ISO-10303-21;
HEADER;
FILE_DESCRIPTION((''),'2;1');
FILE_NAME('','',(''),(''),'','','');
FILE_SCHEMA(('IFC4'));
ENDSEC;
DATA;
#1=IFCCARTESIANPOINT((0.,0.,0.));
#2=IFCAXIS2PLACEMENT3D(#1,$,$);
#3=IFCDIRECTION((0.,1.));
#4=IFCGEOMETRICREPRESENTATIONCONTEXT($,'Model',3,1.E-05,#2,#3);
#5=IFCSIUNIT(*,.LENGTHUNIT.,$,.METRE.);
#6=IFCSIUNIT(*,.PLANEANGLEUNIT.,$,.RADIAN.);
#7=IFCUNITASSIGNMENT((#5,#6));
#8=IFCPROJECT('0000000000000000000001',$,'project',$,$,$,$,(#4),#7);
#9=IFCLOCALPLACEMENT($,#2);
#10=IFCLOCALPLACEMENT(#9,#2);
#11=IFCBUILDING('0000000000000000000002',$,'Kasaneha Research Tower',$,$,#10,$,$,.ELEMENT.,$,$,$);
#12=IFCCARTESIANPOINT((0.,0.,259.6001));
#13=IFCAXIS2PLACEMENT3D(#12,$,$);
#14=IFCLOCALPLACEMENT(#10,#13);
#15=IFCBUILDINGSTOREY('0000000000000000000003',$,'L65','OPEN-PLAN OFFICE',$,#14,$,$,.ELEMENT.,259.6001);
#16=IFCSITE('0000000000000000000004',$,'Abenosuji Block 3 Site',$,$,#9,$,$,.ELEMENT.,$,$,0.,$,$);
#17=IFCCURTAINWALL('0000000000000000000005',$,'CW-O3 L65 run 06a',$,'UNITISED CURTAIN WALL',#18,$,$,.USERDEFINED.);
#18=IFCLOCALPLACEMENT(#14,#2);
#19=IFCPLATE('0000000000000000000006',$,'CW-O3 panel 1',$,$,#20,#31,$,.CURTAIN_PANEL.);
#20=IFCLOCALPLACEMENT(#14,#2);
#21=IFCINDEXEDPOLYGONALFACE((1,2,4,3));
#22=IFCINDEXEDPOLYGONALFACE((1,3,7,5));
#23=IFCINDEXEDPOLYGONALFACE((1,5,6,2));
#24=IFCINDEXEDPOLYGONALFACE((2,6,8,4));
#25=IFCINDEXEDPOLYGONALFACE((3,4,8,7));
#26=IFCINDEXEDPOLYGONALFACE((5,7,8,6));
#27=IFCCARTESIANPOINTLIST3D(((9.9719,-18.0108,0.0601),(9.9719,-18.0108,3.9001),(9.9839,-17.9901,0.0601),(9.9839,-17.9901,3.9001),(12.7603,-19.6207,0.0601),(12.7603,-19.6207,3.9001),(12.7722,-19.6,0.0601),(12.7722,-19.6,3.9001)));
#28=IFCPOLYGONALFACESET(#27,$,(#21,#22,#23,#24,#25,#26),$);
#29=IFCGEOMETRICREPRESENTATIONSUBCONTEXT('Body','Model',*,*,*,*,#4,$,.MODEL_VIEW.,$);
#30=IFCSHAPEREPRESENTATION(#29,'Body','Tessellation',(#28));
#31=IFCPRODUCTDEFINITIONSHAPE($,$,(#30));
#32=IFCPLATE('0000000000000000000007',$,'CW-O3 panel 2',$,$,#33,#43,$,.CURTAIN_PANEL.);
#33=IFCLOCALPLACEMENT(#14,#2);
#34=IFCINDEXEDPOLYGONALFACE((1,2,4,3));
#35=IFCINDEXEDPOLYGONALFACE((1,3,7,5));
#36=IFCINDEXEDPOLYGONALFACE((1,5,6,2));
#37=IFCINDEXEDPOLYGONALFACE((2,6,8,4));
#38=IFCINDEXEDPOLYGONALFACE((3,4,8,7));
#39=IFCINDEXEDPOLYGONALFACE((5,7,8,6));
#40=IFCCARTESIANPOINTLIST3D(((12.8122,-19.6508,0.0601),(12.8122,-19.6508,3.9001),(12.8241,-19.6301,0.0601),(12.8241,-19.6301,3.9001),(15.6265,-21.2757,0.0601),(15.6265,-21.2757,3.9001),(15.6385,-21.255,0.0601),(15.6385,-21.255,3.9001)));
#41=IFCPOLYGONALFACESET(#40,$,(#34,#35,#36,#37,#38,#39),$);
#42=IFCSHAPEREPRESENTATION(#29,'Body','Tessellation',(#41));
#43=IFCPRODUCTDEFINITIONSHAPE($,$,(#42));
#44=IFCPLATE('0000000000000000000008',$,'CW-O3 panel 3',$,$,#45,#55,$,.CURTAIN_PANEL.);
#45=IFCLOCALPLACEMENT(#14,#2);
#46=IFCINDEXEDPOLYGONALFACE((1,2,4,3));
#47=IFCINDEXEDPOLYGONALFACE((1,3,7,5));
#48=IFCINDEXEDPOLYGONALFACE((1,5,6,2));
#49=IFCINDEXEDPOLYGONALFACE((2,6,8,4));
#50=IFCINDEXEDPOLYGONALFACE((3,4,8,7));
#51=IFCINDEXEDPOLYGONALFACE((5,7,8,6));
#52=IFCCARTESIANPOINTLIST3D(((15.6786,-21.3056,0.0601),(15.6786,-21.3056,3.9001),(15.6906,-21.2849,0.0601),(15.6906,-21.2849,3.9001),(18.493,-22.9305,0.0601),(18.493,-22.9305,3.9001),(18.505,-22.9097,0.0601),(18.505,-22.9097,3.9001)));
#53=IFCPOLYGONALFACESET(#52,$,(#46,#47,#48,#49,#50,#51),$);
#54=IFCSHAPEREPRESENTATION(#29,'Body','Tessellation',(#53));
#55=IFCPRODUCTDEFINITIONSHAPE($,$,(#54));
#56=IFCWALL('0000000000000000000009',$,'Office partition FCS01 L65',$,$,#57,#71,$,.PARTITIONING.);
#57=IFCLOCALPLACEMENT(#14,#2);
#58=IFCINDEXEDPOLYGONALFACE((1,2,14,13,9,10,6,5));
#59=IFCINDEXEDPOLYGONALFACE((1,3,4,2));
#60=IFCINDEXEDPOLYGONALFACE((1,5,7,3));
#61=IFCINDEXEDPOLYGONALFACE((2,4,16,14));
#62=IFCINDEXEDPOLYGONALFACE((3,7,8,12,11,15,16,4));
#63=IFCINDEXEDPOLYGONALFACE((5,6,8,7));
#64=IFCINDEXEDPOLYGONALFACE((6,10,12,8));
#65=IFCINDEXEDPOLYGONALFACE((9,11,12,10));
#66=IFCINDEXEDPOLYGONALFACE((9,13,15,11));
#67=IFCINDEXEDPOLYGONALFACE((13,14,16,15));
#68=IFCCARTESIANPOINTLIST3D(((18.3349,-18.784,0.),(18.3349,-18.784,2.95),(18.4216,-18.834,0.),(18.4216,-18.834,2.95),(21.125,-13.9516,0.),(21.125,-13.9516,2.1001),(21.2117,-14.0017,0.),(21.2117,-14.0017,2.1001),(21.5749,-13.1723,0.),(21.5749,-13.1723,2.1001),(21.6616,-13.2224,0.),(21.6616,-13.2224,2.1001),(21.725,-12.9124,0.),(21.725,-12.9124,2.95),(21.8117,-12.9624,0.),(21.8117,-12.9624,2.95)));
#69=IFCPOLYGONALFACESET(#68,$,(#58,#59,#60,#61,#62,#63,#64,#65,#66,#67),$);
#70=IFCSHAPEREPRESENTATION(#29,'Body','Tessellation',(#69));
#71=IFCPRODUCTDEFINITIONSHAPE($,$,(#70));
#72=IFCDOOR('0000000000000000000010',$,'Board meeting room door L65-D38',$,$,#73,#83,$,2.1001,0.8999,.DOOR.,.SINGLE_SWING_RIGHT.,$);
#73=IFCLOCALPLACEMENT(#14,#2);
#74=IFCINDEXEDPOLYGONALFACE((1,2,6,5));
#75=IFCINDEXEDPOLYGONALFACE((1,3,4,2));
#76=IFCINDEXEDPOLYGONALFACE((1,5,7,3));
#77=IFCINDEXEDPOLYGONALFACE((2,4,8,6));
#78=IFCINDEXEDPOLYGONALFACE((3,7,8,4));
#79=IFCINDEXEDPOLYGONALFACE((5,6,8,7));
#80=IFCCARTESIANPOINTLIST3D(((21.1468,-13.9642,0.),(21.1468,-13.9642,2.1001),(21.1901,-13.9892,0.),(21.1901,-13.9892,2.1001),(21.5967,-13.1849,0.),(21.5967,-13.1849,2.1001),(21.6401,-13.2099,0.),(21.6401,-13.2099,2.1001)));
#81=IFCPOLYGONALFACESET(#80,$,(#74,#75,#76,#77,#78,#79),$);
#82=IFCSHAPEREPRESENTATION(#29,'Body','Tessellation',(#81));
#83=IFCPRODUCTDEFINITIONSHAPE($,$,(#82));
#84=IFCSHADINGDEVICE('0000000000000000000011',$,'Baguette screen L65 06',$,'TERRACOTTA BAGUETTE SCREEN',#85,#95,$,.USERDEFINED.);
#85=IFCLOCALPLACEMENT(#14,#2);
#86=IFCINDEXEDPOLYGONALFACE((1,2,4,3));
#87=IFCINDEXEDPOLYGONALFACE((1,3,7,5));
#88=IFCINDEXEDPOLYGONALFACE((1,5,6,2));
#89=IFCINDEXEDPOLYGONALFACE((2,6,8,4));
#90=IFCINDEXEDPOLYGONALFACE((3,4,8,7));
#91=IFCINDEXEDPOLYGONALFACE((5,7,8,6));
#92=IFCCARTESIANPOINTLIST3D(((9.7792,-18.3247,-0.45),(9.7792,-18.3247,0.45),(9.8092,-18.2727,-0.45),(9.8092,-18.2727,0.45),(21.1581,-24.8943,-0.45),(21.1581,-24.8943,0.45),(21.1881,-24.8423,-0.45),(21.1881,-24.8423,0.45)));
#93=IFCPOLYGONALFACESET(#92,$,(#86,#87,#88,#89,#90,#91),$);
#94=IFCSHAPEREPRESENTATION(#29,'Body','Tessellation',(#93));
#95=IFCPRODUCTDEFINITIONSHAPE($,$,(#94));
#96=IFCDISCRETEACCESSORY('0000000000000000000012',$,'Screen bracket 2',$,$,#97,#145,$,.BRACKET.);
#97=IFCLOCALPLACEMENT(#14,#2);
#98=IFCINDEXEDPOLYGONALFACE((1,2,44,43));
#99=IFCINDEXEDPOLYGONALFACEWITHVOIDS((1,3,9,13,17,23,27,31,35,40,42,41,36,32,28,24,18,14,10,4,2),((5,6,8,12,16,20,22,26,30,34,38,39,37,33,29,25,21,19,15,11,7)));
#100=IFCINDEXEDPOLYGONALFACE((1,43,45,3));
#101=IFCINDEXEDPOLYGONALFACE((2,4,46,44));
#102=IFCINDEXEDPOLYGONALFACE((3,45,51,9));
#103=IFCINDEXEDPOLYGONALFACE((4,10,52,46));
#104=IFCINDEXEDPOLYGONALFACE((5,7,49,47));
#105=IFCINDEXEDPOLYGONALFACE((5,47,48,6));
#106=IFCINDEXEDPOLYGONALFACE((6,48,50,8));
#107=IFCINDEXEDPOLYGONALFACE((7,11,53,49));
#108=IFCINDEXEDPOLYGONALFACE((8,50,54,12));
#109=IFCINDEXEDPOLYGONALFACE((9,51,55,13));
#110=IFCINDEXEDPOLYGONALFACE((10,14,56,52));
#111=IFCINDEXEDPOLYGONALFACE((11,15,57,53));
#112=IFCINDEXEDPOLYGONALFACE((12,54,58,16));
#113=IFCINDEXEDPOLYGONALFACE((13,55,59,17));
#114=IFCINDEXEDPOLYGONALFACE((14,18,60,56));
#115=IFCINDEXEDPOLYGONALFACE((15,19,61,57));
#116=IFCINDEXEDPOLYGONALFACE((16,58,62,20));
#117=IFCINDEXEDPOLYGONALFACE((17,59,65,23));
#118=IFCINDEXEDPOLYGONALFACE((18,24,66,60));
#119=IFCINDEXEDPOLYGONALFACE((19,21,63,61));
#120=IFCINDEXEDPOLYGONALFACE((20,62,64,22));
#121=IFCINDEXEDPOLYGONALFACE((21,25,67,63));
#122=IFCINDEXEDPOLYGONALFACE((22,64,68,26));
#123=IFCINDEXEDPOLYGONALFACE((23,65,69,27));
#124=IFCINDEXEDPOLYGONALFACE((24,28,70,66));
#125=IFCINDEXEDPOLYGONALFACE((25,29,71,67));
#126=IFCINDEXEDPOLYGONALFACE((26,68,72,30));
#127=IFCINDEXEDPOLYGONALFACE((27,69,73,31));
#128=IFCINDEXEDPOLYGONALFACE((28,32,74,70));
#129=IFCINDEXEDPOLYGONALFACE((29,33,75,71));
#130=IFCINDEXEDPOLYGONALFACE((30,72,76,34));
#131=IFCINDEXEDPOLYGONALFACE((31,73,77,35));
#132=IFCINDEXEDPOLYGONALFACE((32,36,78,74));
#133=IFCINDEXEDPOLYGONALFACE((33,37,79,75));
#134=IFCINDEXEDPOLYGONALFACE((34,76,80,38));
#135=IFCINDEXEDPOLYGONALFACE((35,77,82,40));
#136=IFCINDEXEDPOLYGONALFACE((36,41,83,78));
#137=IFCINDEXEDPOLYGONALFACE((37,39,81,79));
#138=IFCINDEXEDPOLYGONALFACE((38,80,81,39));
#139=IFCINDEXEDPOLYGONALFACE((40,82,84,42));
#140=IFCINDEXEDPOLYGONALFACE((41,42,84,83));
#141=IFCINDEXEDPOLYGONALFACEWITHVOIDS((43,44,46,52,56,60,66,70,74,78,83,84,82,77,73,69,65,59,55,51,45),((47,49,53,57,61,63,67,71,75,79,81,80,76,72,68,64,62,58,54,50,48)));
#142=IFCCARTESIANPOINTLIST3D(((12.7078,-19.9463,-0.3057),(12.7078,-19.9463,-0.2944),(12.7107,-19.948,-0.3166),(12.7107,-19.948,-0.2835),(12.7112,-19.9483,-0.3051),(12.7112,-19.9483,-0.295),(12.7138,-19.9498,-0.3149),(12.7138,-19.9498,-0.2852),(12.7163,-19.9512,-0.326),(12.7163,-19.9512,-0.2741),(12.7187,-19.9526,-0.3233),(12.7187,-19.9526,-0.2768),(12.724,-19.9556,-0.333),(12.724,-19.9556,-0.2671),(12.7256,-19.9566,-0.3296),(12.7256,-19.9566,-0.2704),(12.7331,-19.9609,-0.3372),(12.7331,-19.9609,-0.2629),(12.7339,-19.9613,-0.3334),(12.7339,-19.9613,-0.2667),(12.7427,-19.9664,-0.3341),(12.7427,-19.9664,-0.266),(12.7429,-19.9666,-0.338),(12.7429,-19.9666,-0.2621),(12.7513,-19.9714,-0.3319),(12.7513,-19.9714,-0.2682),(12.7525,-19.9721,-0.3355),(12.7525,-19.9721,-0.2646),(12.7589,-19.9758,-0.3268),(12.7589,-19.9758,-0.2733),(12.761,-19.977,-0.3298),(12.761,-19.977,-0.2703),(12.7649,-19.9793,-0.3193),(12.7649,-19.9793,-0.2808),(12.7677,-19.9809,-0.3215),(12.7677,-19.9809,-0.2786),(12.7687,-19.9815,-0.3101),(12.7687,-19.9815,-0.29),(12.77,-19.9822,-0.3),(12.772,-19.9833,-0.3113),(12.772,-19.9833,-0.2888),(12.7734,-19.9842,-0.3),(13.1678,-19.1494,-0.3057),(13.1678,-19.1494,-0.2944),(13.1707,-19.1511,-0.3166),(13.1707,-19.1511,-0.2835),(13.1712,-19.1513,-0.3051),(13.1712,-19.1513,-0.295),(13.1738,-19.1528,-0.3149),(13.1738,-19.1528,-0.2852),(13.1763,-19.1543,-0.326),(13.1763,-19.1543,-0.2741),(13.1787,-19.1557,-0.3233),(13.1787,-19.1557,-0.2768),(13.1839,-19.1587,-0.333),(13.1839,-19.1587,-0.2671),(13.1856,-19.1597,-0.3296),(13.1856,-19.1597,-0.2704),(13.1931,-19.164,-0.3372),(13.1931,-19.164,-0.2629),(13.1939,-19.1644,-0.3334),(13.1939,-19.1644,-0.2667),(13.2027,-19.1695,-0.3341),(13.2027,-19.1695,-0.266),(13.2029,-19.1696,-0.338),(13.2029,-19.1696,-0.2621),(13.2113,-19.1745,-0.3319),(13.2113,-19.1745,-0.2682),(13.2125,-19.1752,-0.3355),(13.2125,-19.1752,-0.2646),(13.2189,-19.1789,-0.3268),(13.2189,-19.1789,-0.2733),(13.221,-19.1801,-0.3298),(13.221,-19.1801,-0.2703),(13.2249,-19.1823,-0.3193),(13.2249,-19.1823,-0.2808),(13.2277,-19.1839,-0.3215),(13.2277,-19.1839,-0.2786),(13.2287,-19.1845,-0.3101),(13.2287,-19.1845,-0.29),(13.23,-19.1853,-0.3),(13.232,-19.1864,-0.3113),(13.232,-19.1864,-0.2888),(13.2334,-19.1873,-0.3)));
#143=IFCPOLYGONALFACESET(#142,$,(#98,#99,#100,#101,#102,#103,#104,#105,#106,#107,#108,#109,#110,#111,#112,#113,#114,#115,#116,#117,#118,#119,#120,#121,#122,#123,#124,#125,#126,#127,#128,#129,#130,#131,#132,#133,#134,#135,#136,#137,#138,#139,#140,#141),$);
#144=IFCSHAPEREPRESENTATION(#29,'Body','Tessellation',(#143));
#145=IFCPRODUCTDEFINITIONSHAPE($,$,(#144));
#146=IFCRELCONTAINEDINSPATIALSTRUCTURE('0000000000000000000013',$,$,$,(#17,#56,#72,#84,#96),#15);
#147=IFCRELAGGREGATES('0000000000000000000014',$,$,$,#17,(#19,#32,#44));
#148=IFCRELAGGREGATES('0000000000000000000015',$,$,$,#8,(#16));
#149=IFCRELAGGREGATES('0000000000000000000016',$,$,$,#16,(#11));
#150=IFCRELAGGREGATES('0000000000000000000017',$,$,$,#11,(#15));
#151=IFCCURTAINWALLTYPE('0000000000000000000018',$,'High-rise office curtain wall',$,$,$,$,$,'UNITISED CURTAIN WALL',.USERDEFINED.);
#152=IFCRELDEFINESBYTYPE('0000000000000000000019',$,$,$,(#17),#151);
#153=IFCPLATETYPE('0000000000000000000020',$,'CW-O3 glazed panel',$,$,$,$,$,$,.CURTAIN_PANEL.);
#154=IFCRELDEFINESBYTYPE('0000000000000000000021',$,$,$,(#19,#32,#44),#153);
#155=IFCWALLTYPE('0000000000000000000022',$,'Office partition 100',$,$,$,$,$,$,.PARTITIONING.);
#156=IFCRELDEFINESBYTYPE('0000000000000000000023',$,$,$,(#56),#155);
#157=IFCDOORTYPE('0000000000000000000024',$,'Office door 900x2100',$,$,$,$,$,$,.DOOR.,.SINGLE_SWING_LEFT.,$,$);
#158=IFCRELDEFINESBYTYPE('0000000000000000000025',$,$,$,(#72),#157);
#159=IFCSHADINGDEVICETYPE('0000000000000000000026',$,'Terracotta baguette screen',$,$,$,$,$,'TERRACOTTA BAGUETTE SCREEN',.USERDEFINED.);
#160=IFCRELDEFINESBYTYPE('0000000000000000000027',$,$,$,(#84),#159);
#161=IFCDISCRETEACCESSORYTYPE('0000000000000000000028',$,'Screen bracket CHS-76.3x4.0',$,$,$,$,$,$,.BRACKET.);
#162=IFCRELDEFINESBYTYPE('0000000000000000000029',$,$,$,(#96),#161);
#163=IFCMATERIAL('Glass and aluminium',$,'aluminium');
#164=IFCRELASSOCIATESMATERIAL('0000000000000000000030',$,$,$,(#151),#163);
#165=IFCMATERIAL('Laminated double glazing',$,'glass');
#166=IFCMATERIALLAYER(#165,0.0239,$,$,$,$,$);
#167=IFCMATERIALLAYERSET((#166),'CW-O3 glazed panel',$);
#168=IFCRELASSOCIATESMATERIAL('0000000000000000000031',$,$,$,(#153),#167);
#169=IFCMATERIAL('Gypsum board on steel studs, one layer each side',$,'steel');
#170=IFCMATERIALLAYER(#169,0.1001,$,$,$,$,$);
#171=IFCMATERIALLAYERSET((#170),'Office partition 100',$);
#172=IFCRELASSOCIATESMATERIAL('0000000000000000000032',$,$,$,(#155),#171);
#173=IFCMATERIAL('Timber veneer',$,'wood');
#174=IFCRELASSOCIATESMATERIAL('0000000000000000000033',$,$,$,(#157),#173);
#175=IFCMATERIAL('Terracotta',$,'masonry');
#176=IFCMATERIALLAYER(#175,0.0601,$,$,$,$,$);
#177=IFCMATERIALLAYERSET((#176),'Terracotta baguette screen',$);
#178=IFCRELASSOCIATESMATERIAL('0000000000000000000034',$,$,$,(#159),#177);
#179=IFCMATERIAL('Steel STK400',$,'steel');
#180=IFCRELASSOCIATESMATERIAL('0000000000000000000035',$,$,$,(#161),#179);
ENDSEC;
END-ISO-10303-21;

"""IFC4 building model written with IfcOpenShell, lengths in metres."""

from ifc_helpers import new_model, si_unit, direction, frame, frame_2d, origin, origin_2d, place, context, subcontext, project, spatial, rectangle, hollow_circle, extrude, material, layer, layer_set, material_profile, profile_set, type_object, element, fill, aggregate, save


model = new_model("IFC4")

# Units and contexts
model_context = context("Model", 3, precision=1e-05, world=origin(), true_north=direction((0.0, 1.0)))
body_context = subcontext(model_context, "Body", "Model", "MODEL_VIEW")
ifc_project = project(units=[si_unit("LENGTHUNIT", "METRE"), si_unit("PLANEANGLEUNIT", "RADIAN")], contexts=[model_context])

# Site, building, storey
site_placement = place(None, origin())
site = spatial("IfcSite", under=ifc_project, at=site_placement, Name="Abenosuji Block 3 Site", CompositionType="ELEMENT", RefElevation=0.0)
building_placement = place(site_placement, origin())
building = spatial("IfcBuilding", under=site, at=building_placement, Name="Kasaneha Research Tower", CompositionType="ELEMENT")
storey_placement = place(building_placement, frame((0.0, 0.0, 259.6001)))
storey = spatial("IfcBuildingStorey", under=building, at=storey_placement, Name="L65", Description="OPEN-PLAN OFFICE", CompositionType="ELEMENT", Elevation=259.6001)

# Curtain wall
ifc_material_1 = material(Name="Glass and aluminium", Category="aluminium")
curtain_wall_type = type_object("IfcCurtainWallType", Name="High-rise office curtain wall", ElementType="UNITISED CURTAIN WALL", PredefinedType="USERDEFINED", material=ifc_material_1)
curtain_wall_1_placement = place(storey_placement, origin())
curtain_wall_1 = element("IfcCurtainWall", 1, at=curtain_wall_1_placement, inside=storey, type_object=curtain_wall_type, Name="CW-O3 L65 run 06a", ObjectType="UNITISED CURTAIN WALL", PredefinedType="USERDEFINED")

# Plates
ifc_material_2 = material(Name="Laminated double glazing", Category="glass")
ifc_layer_1 = layer(ifc_material_2, 0.0239)
ifc_layer_set_1 = layer_set([ifc_layer_1], Name="CW-O3 glazed panel")
plate_type = type_object("IfcPlateType", Name="CW-O3 glazed panel", PredefinedType="CURTAIN_PANEL", material=ifc_layer_set_1)
plate_1_placement = place(storey_placement, frame((11.3721, -18.8054, 0.0601), z_axis=(0.0, 0.0, 1.0), x_axis=(0.866025, -0.5, 0.0)))
plate_1 = element("IfcPlate", 2, at=plate_1_placement, type_object=plate_type, Name="CW-O3 panel 1", PredefinedType="CURTAIN_PANEL", context=body_context, shape_type="SweptSolid", body=[
    extrude(rectangle(XDim=3.2197, YDim=0.0239, at=origin_2d()), origin(), (0.0, 0.0, 1.0), 3.8401),
])
plate_2_placement = place(storey_placement, frame((14.2253, -20.4529, 0.0601), z_axis=(0.0, 0.0, 1.0), x_axis=(0.866025, -0.5, 0.0)))
plate_2 = element("IfcPlate", 3, at=plate_2_placement, type_object=plate_type, Name="CW-O3 panel 2", PredefinedType="CURTAIN_PANEL", context=body_context, shape_type="SweptSolid", body=[
    extrude(rectangle(XDim=3.2498, YDim=0.0239, at=origin_2d()), origin(), (0.0, 0.0, 1.0), 3.8401),
])
plate_3_placement = place(storey_placement, frame((17.0918, -22.1077, 0.0601), z_axis=(0.0, 0.0, 1.0), x_axis=(0.866025, -0.5, 0.0)))
plate_3 = element("IfcPlate", 4, at=plate_3_placement, type_object=plate_type, Name="CW-O3 panel 3", PredefinedType="CURTAIN_PANEL", context=body_context, shape_type="SweptSolid", body=[
    extrude(rectangle(XDim=3.2498, YDim=0.0239, at=origin_2d()), origin(), (0.0, 0.0, 1.0), 3.8401),
])
aggregate(curtain_wall_1, [plate_1, plate_2, plate_3])

# Wall, opening, door
ifc_material_3 = material(Name="Gypsum board on steel studs, one layer each side", Category="steel")
ifc_layer_2 = layer(ifc_material_3, 0.1001)
ifc_layer_set_2 = layer_set([ifc_layer_2], Name="Office partition 100")
wall_type = type_object("IfcWallType", Name="Office partition 100", PredefinedType="PARTITIONING", material=ifc_layer_set_2)
wall_placement = place(storey_placement, frame((18.3782, -18.8091, 0.0), z_axis=(0.0, 0.0, 1.0), x_axis=(0.50002, 0.866014, 0.0)))
wall = element("IfcWall", 5, at=wall_placement, inside=storey, type_object=wall_type, Name="Office partition FCS01 L65", PredefinedType="PARTITIONING", context=body_context, shape_type="SweptSolid", body=[
    extrude(rectangle(XDim=6.78, YDim=0.1001, at=frame_2d((3.3901, 0.0))), origin(), (0.0, 0.0, 1.0), 2.95),
])
opening_placement = place(wall_placement, frame((5.5801, 0.0, 0.0)))
opening = element("IfcOpeningElement", 6, at=opening_placement, cuts=wall, PredefinedType="OPENING", context=body_context, shape_type="SweptSolid", body=[
    extrude(rectangle(XDim=0.8999, YDim=2.1001, at=frame_2d((0.45, 1.05))), frame((0.0, 0.0601, 0.0), z_axis=(0.0, -1.0, 0.0), x_axis=(1.0, 0.0, 0.0)), (0.0, 0.0, 1.0), 0.1201),
])
ifc_material_4 = material(Name="Timber veneer", Category="wood")
door_type = type_object("IfcDoorType", Name="Office door 900x2100", OperationType="SINGLE_SWING_LEFT", PredefinedType="DOOR", material=ifc_material_4)
door_placement = place(opening_placement, origin())
door = element("IfcDoor", 7, at=door_placement, inside=storey, type_object=door_type, Name="Board meeting room door L65-D38", OperationType="SINGLE_SWING_RIGHT", OverallHeight=2.1001, OverallWidth=0.8999, PredefinedType="DOOR", context=body_context, shape_type="SweptSolid", body=[
    extrude(rectangle(XDim=0.8999, YDim=2.1001, at=frame_2d((0.45, 1.05))), frame((0.0, 0.0249, 0.0), z_axis=(0.0, -1.0, 0.0), x_axis=(1.0, 0.0, 0.0)), (0.0, 0.0, 1.0), 0.05),
])
fill(opening, door)

# Shading device
ifc_material_5 = material(Name="Terracotta", Category="masonry")
ifc_layer_3 = layer(ifc_material_5, 0.0601)
ifc_layer_set_3 = layer_set([ifc_layer_3], Name="Terracotta baguette screen")
shading_device_type = type_object("IfcShadingDeviceType", Name="Terracotta baguette screen", ElementType="TERRACOTTA BAGUETTE SCREEN", PredefinedType="USERDEFINED", material=ifc_layer_set_3)
shading_device_placement = place(storey_placement, frame((15.4836, -21.5835, -0.45), z_axis=(0.0, 0.0, 1.0), x_axis=(0.866025, -0.5, 0.0)))
element("IfcShadingDevice", 8, at=shading_device_placement, inside=storey, type_object=shading_device_type, Name="Baguette screen L65 06", ObjectType="TERRACOTTA BAGUETTE SCREEN", PredefinedType="USERDEFINED", context=body_context, shape_type="SweptSolid", body=[
    extrude(rectangle(XDim=13.1392, YDim=0.0601, at=origin_2d()), origin(), (0.0, 0.0, 1.0), 0.8999),
])

# Discrete accessory
ifc_material_6 = material(Name="Steel STK400", Category="steel")
ifc_material_profile_1 = material_profile(ifc_material_6, hollow_circle(Radius=0.0381, WallThickness=0.0039, at=origin_2d()), Name="CHS-76.3x4.0")
ifc_profile_set_1 = profile_set([ifc_material_profile_1], Name="Steel STK400")
discrete_accessory_type = type_object("IfcDiscreteAccessoryType", Name="Screen bracket CHS-76.3x4.0", PredefinedType="BRACKET", material=ifc_profile_set_1)
discrete_accessory_1_placement = place(storey_placement, frame((13.2004, -19.1682, -0.3), z_axis=(-0.499906, -0.86608, 0.0), x_axis=(0.86608, -0.499906, 0.0)))
element("IfcDiscreteAccessory", 9, at=discrete_accessory_1_placement, inside=storey, type_object=discrete_accessory_type, Name="Screen bracket 2", PredefinedType="BRACKET", context=body_context, shape_type="SweptSolid", body=[
    extrude(hollow_circle(Radius=0.0381, WallThickness=0.0039, at=origin_2d()), origin(), (0.0, 0.0, 1.0), 0.9202),
])

save(model, "model.ifc")
